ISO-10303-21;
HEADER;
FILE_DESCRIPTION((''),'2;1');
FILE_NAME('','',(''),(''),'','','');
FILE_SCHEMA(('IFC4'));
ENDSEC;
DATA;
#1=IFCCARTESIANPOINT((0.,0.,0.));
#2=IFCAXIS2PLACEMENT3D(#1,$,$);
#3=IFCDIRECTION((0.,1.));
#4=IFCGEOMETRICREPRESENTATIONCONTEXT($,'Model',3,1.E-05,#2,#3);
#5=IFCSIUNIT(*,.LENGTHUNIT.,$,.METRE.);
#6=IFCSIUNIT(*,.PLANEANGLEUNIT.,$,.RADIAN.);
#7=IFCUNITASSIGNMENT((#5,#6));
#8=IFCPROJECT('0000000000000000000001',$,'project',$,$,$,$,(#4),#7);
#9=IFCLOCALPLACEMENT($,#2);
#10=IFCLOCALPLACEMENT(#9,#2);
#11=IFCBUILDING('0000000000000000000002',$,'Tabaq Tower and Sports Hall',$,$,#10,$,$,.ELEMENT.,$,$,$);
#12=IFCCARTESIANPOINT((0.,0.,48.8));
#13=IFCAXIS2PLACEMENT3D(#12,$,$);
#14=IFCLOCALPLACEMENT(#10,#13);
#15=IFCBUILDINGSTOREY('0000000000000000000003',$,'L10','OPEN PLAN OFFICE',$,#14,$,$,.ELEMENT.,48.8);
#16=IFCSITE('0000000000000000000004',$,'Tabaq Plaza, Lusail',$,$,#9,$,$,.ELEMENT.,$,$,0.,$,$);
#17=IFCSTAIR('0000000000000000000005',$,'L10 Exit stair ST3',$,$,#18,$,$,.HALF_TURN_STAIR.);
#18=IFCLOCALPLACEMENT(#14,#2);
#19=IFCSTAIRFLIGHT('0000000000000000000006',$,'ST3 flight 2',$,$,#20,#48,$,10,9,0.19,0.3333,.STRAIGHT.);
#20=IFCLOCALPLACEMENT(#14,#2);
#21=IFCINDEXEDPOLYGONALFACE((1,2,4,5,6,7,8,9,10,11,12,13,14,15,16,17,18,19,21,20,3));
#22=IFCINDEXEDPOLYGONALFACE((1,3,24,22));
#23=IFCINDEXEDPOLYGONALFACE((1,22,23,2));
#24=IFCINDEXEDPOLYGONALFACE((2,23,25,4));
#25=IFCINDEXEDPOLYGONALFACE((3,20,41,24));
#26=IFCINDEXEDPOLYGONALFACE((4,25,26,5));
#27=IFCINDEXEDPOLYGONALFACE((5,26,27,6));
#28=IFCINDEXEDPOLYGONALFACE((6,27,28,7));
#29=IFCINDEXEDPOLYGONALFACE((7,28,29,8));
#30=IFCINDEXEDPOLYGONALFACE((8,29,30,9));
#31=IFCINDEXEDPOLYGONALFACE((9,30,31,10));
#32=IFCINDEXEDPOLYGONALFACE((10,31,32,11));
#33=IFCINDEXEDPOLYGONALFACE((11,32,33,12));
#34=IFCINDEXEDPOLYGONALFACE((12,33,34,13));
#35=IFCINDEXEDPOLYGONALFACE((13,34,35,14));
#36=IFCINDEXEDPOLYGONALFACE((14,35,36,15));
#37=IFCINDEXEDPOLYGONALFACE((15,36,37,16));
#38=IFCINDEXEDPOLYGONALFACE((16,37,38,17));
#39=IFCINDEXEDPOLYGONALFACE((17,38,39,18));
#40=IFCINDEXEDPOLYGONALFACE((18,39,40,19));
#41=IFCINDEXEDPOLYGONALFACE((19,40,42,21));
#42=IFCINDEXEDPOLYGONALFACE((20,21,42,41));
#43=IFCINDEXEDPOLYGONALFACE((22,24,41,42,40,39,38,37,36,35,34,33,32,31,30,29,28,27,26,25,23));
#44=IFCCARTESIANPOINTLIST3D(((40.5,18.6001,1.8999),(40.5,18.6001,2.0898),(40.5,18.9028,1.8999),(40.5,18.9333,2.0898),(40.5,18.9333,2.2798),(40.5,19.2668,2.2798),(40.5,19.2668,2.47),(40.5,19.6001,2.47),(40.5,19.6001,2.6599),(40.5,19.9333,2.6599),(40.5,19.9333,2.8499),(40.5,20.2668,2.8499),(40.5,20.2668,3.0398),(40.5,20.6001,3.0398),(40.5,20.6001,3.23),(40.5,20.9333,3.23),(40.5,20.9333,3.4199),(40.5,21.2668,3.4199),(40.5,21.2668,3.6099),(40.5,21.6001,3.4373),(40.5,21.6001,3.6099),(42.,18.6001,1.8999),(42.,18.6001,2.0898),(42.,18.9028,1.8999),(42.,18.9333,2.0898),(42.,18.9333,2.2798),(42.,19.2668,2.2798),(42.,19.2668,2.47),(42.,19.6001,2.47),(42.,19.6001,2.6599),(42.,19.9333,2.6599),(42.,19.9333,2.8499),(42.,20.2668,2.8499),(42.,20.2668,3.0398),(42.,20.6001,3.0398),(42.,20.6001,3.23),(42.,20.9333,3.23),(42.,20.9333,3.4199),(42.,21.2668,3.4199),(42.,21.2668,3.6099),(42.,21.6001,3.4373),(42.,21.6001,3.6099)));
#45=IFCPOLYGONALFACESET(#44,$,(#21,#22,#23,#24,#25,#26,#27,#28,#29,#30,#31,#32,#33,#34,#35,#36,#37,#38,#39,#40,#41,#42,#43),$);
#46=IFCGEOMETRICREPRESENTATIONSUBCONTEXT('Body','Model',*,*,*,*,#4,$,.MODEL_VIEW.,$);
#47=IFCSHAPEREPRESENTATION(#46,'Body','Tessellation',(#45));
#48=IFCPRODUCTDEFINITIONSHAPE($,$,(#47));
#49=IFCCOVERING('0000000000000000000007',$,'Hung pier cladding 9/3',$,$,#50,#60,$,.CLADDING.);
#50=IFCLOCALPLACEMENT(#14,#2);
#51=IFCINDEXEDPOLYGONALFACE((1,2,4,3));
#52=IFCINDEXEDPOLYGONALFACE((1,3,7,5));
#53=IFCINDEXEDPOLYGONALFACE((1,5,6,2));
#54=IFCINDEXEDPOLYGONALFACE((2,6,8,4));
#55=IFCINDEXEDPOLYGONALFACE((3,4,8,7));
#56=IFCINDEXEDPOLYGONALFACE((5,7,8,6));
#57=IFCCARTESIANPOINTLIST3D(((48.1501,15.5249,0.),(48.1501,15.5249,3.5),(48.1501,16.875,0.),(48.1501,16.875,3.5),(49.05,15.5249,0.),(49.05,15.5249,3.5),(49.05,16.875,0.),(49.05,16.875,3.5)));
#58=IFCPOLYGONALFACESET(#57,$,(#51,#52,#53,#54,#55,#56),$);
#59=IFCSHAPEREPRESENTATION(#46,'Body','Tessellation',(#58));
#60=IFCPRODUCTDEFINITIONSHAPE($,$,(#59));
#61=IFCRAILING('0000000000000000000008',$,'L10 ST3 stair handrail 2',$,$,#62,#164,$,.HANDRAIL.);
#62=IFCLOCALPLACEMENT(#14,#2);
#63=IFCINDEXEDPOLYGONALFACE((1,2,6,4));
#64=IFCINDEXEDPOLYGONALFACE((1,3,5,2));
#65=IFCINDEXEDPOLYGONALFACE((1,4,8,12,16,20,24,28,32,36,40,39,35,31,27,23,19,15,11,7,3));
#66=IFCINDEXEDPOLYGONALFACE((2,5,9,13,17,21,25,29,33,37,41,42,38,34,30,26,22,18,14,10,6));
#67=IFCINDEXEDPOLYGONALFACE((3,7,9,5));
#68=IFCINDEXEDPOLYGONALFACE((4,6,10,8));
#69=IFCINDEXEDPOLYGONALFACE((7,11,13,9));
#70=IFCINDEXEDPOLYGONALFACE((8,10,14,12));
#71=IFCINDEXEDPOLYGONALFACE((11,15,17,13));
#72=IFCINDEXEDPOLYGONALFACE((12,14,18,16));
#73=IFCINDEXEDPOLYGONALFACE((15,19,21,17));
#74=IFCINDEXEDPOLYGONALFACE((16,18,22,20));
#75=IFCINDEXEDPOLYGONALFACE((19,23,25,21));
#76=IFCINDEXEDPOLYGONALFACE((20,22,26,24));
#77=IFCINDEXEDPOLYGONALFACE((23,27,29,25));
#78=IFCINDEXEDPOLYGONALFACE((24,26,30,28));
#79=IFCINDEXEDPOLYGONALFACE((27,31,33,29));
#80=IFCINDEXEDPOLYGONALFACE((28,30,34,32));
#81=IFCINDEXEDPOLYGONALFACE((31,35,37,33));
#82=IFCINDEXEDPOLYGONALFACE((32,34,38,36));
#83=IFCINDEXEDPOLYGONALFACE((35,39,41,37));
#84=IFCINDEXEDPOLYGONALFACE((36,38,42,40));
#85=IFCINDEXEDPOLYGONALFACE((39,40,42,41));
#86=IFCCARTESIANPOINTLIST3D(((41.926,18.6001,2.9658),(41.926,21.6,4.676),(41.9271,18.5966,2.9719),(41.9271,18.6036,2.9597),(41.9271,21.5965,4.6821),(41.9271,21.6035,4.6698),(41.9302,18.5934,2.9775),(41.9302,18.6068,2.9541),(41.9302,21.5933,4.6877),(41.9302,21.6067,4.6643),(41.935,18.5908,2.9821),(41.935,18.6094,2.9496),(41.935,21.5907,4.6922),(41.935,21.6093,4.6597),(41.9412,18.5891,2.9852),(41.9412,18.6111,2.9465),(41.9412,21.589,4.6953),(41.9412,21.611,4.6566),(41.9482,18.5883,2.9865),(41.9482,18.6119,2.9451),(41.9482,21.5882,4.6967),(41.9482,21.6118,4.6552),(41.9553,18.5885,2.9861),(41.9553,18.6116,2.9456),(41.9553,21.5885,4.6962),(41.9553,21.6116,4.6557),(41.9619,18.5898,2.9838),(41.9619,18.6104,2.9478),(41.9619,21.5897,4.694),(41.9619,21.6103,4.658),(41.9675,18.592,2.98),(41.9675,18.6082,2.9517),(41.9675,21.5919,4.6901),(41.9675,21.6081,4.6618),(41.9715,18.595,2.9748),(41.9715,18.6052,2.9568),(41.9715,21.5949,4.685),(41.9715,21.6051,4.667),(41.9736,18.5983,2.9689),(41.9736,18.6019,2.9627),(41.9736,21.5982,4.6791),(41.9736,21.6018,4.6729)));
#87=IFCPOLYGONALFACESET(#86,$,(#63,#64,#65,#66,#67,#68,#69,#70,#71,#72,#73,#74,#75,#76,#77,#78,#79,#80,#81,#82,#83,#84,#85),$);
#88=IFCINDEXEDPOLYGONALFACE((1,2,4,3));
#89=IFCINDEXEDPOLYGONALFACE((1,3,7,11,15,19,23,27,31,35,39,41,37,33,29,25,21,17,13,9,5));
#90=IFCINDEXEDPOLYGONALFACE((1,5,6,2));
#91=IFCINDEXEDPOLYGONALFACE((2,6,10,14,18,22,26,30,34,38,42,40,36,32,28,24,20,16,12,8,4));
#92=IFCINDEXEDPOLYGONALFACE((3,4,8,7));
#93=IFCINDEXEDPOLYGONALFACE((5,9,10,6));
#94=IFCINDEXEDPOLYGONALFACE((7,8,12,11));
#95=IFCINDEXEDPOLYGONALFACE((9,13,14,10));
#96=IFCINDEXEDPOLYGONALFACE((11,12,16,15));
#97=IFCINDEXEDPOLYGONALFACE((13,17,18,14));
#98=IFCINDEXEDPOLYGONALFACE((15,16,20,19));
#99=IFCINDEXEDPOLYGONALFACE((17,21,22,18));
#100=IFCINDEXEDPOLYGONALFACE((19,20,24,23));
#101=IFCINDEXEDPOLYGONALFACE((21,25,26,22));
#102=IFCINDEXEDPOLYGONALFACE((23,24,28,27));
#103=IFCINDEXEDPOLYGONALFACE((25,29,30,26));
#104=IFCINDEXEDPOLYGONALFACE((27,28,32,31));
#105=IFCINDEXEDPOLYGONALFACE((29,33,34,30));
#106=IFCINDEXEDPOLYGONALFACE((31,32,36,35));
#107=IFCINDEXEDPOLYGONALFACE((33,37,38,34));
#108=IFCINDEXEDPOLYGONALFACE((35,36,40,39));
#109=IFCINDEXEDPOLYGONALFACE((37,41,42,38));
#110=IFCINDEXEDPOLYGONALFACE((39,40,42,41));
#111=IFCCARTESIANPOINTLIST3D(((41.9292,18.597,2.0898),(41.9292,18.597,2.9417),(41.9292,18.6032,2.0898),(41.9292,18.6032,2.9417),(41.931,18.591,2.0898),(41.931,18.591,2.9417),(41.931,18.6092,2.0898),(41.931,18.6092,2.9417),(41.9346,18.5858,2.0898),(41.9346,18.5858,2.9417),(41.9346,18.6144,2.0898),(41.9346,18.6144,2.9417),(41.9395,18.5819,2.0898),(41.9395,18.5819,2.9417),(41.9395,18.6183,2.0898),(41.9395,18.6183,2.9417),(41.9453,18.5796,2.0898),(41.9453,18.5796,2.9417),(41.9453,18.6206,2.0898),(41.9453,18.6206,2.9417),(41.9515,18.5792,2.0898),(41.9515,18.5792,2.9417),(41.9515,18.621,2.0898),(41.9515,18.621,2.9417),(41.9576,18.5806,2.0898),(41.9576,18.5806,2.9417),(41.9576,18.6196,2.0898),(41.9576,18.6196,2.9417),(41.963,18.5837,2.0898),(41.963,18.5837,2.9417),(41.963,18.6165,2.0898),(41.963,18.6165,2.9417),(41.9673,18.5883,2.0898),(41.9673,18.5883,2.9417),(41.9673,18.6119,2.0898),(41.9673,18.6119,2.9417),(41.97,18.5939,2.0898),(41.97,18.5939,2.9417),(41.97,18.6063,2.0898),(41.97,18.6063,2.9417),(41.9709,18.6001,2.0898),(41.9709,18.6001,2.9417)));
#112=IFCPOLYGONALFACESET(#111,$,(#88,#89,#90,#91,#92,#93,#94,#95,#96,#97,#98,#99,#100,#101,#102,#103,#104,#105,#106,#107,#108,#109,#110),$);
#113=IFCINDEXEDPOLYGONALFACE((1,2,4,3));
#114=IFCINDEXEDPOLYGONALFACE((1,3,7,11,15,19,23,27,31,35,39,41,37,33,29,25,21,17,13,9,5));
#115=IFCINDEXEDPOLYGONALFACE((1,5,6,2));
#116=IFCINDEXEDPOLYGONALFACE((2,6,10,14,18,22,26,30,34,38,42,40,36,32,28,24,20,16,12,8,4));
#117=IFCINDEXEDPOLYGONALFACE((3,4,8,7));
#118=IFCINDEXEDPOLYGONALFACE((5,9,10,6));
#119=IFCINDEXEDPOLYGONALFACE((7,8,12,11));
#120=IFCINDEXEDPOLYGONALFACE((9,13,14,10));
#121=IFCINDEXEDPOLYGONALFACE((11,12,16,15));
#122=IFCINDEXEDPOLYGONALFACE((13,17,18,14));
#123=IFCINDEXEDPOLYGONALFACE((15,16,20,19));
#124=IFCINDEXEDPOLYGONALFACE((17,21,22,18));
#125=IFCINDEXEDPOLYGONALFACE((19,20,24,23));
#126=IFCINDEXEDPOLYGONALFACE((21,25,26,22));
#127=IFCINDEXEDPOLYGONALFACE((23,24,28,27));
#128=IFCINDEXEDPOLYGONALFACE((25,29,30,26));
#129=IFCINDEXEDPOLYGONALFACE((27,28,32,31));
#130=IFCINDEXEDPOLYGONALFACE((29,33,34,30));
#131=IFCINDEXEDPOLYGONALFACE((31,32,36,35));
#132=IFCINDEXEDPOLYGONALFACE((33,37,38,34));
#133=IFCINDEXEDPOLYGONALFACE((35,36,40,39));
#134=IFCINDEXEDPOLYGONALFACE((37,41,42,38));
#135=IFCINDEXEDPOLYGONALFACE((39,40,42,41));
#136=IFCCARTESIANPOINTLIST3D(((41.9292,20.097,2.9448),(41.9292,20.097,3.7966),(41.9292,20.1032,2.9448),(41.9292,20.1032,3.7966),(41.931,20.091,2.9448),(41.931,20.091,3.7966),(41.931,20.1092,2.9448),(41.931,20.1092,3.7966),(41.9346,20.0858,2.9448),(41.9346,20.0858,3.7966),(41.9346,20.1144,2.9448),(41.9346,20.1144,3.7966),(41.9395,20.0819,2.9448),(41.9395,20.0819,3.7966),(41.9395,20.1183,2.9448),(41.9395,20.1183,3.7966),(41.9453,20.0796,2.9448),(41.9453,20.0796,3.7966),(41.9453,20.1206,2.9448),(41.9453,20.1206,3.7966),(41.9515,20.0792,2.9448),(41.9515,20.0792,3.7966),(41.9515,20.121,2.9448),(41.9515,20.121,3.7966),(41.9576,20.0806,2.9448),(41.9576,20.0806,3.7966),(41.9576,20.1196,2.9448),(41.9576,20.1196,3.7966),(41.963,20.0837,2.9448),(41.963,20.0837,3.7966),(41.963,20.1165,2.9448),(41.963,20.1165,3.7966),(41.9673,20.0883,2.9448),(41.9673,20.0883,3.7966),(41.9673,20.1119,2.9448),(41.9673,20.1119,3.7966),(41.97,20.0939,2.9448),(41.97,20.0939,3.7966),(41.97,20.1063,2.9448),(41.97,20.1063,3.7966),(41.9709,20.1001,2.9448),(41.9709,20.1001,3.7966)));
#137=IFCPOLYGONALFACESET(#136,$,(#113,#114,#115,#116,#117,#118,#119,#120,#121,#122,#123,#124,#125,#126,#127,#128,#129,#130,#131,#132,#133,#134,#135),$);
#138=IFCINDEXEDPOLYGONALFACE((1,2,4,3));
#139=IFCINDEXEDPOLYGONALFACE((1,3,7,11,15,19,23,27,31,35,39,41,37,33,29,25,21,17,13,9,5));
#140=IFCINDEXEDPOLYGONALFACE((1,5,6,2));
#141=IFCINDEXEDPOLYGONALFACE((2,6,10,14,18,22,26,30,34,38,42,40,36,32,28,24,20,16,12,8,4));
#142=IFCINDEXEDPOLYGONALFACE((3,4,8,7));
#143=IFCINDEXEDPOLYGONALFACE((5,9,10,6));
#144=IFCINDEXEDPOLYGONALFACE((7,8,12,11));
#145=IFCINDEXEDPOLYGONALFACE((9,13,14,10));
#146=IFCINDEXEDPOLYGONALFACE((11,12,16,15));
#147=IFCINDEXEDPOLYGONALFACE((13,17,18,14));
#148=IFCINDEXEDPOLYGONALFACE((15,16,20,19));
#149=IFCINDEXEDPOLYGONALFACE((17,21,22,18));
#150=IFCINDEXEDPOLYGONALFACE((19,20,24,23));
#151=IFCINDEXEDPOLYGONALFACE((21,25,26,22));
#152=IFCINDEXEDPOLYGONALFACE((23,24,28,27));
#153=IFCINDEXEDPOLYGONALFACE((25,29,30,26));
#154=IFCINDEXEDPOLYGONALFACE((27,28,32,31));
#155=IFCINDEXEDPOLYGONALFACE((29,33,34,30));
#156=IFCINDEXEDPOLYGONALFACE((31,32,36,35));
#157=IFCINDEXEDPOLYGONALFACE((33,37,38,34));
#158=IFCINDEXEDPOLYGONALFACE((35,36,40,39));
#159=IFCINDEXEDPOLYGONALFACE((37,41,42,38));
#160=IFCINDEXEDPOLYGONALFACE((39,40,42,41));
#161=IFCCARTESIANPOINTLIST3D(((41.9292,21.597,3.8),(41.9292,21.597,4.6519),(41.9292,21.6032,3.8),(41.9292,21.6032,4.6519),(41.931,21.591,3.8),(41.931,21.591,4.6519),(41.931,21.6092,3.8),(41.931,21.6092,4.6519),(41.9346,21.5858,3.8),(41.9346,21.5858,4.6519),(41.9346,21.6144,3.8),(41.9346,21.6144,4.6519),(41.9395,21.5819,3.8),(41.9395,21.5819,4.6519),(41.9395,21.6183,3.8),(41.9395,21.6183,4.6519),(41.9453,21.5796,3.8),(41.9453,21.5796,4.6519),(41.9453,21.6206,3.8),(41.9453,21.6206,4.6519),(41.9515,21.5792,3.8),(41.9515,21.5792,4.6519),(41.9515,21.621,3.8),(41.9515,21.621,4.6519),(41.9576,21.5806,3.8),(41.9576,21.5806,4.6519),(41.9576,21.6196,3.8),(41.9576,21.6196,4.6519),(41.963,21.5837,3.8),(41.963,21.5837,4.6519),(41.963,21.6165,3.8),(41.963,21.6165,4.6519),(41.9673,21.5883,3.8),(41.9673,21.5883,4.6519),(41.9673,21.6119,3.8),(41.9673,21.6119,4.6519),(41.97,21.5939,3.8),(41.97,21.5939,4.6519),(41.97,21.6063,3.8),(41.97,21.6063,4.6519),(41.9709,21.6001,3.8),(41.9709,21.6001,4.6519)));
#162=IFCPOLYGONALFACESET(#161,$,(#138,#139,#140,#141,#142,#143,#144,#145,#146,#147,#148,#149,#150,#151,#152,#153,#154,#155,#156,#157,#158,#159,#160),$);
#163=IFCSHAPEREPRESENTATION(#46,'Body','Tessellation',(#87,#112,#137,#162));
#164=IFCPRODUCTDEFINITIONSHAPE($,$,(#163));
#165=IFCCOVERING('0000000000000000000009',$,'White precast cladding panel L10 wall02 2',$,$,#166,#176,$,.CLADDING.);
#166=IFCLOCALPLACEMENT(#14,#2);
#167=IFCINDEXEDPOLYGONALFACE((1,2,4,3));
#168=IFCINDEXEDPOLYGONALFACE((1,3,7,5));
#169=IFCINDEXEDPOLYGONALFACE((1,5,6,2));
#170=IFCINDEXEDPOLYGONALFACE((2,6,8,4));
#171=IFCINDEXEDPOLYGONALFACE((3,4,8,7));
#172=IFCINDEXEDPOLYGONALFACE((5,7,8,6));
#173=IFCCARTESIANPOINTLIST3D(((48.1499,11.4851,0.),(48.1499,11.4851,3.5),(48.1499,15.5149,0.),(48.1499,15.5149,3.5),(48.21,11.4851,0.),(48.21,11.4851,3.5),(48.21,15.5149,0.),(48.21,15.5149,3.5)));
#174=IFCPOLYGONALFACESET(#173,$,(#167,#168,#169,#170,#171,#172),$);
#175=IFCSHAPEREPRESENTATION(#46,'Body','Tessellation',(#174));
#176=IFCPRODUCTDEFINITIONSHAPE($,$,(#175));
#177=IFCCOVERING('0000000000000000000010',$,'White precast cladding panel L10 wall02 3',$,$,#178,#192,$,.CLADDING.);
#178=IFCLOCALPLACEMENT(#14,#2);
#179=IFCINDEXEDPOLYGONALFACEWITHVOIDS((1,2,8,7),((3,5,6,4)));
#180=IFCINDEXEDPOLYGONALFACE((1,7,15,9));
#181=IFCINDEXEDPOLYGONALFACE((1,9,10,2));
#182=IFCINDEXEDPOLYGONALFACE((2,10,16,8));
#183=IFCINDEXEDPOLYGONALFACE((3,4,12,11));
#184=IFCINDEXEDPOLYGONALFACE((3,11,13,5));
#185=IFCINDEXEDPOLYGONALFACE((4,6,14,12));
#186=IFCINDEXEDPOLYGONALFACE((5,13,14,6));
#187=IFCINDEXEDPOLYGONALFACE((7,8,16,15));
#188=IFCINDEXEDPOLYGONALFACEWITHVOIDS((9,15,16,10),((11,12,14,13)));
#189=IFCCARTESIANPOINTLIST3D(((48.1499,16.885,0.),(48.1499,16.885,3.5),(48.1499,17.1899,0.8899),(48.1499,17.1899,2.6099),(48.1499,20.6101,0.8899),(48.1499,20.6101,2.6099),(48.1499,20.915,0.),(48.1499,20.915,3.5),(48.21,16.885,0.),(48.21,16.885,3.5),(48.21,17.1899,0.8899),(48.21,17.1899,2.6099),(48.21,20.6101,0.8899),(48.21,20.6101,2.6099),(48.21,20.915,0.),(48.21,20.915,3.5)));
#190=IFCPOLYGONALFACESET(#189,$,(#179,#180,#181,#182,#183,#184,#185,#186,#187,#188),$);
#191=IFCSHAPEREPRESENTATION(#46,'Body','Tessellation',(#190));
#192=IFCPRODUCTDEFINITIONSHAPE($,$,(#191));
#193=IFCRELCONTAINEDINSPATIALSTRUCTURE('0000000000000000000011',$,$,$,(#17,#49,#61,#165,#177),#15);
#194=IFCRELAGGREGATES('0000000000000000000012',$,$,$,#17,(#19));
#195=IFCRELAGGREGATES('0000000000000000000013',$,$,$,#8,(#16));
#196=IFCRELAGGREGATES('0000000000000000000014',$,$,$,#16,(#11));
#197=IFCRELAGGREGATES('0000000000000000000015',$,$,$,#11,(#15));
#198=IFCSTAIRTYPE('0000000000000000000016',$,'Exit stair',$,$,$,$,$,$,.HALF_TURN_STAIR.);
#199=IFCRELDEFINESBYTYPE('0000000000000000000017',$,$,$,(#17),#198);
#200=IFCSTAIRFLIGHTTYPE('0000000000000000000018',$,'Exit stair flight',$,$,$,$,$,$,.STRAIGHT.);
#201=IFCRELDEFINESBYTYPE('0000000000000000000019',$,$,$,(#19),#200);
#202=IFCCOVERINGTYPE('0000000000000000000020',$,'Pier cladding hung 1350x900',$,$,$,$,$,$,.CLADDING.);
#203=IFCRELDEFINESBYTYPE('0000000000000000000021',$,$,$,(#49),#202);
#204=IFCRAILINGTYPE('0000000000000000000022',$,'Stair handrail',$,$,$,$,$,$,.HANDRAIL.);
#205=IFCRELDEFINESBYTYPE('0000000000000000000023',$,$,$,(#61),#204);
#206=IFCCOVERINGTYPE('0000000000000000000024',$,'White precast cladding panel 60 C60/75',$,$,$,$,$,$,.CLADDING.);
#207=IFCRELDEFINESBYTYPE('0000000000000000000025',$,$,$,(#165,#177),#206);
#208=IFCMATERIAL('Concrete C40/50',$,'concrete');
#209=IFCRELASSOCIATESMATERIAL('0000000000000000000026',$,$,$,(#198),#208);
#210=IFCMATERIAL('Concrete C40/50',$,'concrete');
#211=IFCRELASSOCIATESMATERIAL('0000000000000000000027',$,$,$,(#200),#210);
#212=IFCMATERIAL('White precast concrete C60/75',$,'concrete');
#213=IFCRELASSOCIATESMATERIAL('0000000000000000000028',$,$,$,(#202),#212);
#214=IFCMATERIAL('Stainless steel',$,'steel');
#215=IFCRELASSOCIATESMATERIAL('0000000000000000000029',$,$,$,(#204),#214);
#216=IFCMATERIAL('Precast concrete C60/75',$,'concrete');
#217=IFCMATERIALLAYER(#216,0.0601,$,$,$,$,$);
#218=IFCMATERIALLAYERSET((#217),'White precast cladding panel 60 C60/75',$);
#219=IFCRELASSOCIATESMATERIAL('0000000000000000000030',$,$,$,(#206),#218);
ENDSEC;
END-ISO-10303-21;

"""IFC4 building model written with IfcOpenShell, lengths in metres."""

from ifc_helpers import new_model, si_unit, direction, frame, frame_2d, origin, origin_2d, place, context, subcontext, project, spatial, polyline, rectangle, circle, outline, extrude, material, layer, layer_set, type_object, element, aggregate, save


model = new_model("IFC4")

# Units and contexts
model_context = context("Model", 3, precision=1e-05, world=origin(), true_north=direction((0.0, 1.0)))
body_context = subcontext(model_context, "Body", "Model", "MODEL_VIEW")
ifc_project = project(units=[si_unit("LENGTHUNIT", "METRE"), si_unit("PLANEANGLEUNIT", "RADIAN")], contexts=[model_context])

# Site, building, storey
site_placement = place(None, origin())
site = spatial("IfcSite", under=ifc_project, at=site_placement, Name="Tabaq Plaza, Lusail", CompositionType="ELEMENT", RefElevation=0.0)
building_placement = place(site_placement, origin())
building = spatial("IfcBuilding", under=site, at=building_placement, Name="Tabaq Tower and Sports Hall", CompositionType="ELEMENT")
storey_placement = place(building_placement, frame((0.0, 0.0, 48.8)))
storey = spatial("IfcBuildingStorey", under=building, at=storey_placement, Name="L10", Description="OPEN PLAN OFFICE", CompositionType="ELEMENT", Elevation=48.8)

# Stair, stair flight
ifc_material_1 = material(Name="Concrete C40/50", Category="concrete")
stair_type = type_object("IfcStairType", Name="Exit stair", PredefinedType="HALF_TURN_STAIR", material=ifc_material_1)
stair_placement = place(storey_placement, origin())
stair = element("IfcStair", 1, at=stair_placement, inside=storey, type_object=stair_type, Name="L10 Exit stair ST3", PredefinedType="HALF_TURN_STAIR")
ifc_material_2 = material(Name="Concrete C40/50", Category="concrete")
stair_flight_type = type_object("IfcStairFlightType", Name="Exit stair flight", PredefinedType="STRAIGHT", material=ifc_material_2)
stair_flight_placement = place(storey_placement, frame((41.25, 18.6001, 1.8999), z_axis=(0.0, 0.0, 1.0), x_axis=(0.0, 1.0, 0.0)))
stair_flight = element("IfcStairFlight", 2, at=stair_flight_placement, type_object=stair_flight_type, Name="ST3 flight 2", NumberOfRisers=10, NumberOfTreads=9, PredefinedType="STRAIGHT", RiserHeight=0.19, TreadLength=0.3333, context=body_context, shape_type="SweptSolid", body=[
    extrude(outline(polyline([(0.0, 0.0), (0.0, 0.1899), (0.3333, 0.1899), (0.3333, 0.3799), (0.6667, 0.3799), (0.6667, 0.5701), (1.0, 0.5701), (1.0, 0.76), (1.3333, 0.76), (1.3333, 0.95), (1.6667, 0.95), (1.6667, 1.1399), (2.0, 1.1399), (2.0, 1.3301), (2.3333, 1.3301), (2.3333, 1.52), (2.6667, 1.52), (2.6667, 1.71), (3.0, 1.71), (3.0, 1.8999), (3.0, 1.5374), (0.3027, 0.0), (0.0, 0.0)])), frame((0.0, 0.75, 0.0), z_axis=(0.0, -1.0, 0.0), x_axis=(1.0, 0.0, 0.0)), (0.0, 0.0, 1.0), 1.5),
])
aggregate(stair, [stair_flight])

# Covering
ifc_material_3 = material(Name="White precast concrete C60/75", Category="concrete")
covering_type_1 = type_object("IfcCoveringType", Name="Pier cladding hung 1350x900", PredefinedType="CLADDING", material=ifc_material_3)
covering_1_placement = place(storey_placement, frame((48.6001, 15.5249, 0.0), z_axis=(0.0, 0.0, 1.0), x_axis=(0.0, 1.0, 0.0)))
element("IfcCovering", 3, at=covering_1_placement, inside=storey, type_object=covering_type_1, Name="Hung pier cladding 9/3", PredefinedType="CLADDING", context=body_context, shape_type="SweptSolid", body=[
    extrude(rectangle(XDim=1.3501, YDim=0.8999, at=frame_2d((0.675, 0.0))), origin(), (0.0, 0.0, 1.0), 3.5),
])

# Railing
ifc_material_4 = material(Name="Stainless steel", Category="steel")
railing_type = type_object("IfcRailingType", Name="Stair handrail", PredefinedType="HANDRAIL", material=ifc_material_4)
railing_placement = place(storey_placement, frame((41.95, 18.6001, 2.0898)))
element("IfcRailing", 4, at=railing_placement, inside=storey, type_object=railing_type, Name="L10 ST3 stair handrail 2", PredefinedType="HANDRAIL", context=body_context, shape_type="SweptSolid", body=[
    extrude(circle(Radius=0.0239, at=origin_2d()), frame((0.0, 0.0, 0.876), z_axis=(0.0, 0.868752, 0.495248), x_axis=(-1.0, 0.0, 0.0)), (0.0, 0.0, 1.0), 3.4531),
    extrude(circle(Radius=0.021, at=origin_2d()), origin(), (0.0, 0.0, 1.0), 0.8518),
    extrude(circle(Radius=0.021, at=origin_2d()), frame((0.0, 1.5, 0.855)), (0.0, 0.0, 1.0), 0.8518),
    extrude(circle(Radius=0.021, at=origin_2d()), frame((0.0, 3.0, 1.7102)), (0.0, 0.0, 1.0), 0.8518),
])

# Coverings
ifc_material_5 = material(Name="Precast concrete C60/75", Category="concrete")
ifc_layer_1 = layer(ifc_material_5, 0.0601)
ifc_layer_set_1 = layer_set([ifc_layer_1], Name="White precast cladding panel 60 C60/75")
covering_type_2 = type_object("IfcCoveringType", Name="White precast cladding panel 60 C60/75", PredefinedType="CLADDING", material=ifc_layer_set_1)
covering_2_placement = place(storey_placement, frame((48.1799, 11.4851, 0.0), z_axis=(0.0, 0.0, 1.0), x_axis=(0.0, 1.0, 0.0)))
element("IfcCovering", 5, at=covering_2_placement, inside=storey, type_object=covering_type_2, Name="White precast cladding panel L10 wall02 2", PredefinedType="CLADDING", context=body_context, shape_type="SweptSolid", body=[
    extrude(rectangle(XDim=4.0298, YDim=0.0601, at=frame_2d((2.0149, 0.0))), origin(), (0.0, 0.0, 1.0), 3.5),
])
covering_3_placement = place(storey_placement, frame((48.1799, 16.885, 0.0), z_axis=(0.0, 0.0, 1.0), x_axis=(0.0, 1.0, 0.0)))
element("IfcCovering", 6, at=covering_3_placement, inside=storey, type_object=covering_type_2, Name="White precast cladding panel L10 wall02 3", PredefinedType="CLADDING", context=body_context, shape_type="SweptSolid", body=[
    extrude(outline(polyline([(0.0, 0.0), (4.03, 0.0), (4.03, 3.5), (0.0, 3.5), (0.0, 0.0)]), holes=[polyline([(0.3049, 0.8899), (0.3049, 2.6099), (3.7251, 2.6099), (3.7251, 0.8899), (0.3049, 0.8899)])]), frame((0.0, 0.03, 0.0), z_axis=(0.0, -1.0, 0.0), x_axis=(1.0, 0.0, 0.0)), (0.0, 0.0, 1.0), 0.0601),
])

save(model, "model.ifc")
